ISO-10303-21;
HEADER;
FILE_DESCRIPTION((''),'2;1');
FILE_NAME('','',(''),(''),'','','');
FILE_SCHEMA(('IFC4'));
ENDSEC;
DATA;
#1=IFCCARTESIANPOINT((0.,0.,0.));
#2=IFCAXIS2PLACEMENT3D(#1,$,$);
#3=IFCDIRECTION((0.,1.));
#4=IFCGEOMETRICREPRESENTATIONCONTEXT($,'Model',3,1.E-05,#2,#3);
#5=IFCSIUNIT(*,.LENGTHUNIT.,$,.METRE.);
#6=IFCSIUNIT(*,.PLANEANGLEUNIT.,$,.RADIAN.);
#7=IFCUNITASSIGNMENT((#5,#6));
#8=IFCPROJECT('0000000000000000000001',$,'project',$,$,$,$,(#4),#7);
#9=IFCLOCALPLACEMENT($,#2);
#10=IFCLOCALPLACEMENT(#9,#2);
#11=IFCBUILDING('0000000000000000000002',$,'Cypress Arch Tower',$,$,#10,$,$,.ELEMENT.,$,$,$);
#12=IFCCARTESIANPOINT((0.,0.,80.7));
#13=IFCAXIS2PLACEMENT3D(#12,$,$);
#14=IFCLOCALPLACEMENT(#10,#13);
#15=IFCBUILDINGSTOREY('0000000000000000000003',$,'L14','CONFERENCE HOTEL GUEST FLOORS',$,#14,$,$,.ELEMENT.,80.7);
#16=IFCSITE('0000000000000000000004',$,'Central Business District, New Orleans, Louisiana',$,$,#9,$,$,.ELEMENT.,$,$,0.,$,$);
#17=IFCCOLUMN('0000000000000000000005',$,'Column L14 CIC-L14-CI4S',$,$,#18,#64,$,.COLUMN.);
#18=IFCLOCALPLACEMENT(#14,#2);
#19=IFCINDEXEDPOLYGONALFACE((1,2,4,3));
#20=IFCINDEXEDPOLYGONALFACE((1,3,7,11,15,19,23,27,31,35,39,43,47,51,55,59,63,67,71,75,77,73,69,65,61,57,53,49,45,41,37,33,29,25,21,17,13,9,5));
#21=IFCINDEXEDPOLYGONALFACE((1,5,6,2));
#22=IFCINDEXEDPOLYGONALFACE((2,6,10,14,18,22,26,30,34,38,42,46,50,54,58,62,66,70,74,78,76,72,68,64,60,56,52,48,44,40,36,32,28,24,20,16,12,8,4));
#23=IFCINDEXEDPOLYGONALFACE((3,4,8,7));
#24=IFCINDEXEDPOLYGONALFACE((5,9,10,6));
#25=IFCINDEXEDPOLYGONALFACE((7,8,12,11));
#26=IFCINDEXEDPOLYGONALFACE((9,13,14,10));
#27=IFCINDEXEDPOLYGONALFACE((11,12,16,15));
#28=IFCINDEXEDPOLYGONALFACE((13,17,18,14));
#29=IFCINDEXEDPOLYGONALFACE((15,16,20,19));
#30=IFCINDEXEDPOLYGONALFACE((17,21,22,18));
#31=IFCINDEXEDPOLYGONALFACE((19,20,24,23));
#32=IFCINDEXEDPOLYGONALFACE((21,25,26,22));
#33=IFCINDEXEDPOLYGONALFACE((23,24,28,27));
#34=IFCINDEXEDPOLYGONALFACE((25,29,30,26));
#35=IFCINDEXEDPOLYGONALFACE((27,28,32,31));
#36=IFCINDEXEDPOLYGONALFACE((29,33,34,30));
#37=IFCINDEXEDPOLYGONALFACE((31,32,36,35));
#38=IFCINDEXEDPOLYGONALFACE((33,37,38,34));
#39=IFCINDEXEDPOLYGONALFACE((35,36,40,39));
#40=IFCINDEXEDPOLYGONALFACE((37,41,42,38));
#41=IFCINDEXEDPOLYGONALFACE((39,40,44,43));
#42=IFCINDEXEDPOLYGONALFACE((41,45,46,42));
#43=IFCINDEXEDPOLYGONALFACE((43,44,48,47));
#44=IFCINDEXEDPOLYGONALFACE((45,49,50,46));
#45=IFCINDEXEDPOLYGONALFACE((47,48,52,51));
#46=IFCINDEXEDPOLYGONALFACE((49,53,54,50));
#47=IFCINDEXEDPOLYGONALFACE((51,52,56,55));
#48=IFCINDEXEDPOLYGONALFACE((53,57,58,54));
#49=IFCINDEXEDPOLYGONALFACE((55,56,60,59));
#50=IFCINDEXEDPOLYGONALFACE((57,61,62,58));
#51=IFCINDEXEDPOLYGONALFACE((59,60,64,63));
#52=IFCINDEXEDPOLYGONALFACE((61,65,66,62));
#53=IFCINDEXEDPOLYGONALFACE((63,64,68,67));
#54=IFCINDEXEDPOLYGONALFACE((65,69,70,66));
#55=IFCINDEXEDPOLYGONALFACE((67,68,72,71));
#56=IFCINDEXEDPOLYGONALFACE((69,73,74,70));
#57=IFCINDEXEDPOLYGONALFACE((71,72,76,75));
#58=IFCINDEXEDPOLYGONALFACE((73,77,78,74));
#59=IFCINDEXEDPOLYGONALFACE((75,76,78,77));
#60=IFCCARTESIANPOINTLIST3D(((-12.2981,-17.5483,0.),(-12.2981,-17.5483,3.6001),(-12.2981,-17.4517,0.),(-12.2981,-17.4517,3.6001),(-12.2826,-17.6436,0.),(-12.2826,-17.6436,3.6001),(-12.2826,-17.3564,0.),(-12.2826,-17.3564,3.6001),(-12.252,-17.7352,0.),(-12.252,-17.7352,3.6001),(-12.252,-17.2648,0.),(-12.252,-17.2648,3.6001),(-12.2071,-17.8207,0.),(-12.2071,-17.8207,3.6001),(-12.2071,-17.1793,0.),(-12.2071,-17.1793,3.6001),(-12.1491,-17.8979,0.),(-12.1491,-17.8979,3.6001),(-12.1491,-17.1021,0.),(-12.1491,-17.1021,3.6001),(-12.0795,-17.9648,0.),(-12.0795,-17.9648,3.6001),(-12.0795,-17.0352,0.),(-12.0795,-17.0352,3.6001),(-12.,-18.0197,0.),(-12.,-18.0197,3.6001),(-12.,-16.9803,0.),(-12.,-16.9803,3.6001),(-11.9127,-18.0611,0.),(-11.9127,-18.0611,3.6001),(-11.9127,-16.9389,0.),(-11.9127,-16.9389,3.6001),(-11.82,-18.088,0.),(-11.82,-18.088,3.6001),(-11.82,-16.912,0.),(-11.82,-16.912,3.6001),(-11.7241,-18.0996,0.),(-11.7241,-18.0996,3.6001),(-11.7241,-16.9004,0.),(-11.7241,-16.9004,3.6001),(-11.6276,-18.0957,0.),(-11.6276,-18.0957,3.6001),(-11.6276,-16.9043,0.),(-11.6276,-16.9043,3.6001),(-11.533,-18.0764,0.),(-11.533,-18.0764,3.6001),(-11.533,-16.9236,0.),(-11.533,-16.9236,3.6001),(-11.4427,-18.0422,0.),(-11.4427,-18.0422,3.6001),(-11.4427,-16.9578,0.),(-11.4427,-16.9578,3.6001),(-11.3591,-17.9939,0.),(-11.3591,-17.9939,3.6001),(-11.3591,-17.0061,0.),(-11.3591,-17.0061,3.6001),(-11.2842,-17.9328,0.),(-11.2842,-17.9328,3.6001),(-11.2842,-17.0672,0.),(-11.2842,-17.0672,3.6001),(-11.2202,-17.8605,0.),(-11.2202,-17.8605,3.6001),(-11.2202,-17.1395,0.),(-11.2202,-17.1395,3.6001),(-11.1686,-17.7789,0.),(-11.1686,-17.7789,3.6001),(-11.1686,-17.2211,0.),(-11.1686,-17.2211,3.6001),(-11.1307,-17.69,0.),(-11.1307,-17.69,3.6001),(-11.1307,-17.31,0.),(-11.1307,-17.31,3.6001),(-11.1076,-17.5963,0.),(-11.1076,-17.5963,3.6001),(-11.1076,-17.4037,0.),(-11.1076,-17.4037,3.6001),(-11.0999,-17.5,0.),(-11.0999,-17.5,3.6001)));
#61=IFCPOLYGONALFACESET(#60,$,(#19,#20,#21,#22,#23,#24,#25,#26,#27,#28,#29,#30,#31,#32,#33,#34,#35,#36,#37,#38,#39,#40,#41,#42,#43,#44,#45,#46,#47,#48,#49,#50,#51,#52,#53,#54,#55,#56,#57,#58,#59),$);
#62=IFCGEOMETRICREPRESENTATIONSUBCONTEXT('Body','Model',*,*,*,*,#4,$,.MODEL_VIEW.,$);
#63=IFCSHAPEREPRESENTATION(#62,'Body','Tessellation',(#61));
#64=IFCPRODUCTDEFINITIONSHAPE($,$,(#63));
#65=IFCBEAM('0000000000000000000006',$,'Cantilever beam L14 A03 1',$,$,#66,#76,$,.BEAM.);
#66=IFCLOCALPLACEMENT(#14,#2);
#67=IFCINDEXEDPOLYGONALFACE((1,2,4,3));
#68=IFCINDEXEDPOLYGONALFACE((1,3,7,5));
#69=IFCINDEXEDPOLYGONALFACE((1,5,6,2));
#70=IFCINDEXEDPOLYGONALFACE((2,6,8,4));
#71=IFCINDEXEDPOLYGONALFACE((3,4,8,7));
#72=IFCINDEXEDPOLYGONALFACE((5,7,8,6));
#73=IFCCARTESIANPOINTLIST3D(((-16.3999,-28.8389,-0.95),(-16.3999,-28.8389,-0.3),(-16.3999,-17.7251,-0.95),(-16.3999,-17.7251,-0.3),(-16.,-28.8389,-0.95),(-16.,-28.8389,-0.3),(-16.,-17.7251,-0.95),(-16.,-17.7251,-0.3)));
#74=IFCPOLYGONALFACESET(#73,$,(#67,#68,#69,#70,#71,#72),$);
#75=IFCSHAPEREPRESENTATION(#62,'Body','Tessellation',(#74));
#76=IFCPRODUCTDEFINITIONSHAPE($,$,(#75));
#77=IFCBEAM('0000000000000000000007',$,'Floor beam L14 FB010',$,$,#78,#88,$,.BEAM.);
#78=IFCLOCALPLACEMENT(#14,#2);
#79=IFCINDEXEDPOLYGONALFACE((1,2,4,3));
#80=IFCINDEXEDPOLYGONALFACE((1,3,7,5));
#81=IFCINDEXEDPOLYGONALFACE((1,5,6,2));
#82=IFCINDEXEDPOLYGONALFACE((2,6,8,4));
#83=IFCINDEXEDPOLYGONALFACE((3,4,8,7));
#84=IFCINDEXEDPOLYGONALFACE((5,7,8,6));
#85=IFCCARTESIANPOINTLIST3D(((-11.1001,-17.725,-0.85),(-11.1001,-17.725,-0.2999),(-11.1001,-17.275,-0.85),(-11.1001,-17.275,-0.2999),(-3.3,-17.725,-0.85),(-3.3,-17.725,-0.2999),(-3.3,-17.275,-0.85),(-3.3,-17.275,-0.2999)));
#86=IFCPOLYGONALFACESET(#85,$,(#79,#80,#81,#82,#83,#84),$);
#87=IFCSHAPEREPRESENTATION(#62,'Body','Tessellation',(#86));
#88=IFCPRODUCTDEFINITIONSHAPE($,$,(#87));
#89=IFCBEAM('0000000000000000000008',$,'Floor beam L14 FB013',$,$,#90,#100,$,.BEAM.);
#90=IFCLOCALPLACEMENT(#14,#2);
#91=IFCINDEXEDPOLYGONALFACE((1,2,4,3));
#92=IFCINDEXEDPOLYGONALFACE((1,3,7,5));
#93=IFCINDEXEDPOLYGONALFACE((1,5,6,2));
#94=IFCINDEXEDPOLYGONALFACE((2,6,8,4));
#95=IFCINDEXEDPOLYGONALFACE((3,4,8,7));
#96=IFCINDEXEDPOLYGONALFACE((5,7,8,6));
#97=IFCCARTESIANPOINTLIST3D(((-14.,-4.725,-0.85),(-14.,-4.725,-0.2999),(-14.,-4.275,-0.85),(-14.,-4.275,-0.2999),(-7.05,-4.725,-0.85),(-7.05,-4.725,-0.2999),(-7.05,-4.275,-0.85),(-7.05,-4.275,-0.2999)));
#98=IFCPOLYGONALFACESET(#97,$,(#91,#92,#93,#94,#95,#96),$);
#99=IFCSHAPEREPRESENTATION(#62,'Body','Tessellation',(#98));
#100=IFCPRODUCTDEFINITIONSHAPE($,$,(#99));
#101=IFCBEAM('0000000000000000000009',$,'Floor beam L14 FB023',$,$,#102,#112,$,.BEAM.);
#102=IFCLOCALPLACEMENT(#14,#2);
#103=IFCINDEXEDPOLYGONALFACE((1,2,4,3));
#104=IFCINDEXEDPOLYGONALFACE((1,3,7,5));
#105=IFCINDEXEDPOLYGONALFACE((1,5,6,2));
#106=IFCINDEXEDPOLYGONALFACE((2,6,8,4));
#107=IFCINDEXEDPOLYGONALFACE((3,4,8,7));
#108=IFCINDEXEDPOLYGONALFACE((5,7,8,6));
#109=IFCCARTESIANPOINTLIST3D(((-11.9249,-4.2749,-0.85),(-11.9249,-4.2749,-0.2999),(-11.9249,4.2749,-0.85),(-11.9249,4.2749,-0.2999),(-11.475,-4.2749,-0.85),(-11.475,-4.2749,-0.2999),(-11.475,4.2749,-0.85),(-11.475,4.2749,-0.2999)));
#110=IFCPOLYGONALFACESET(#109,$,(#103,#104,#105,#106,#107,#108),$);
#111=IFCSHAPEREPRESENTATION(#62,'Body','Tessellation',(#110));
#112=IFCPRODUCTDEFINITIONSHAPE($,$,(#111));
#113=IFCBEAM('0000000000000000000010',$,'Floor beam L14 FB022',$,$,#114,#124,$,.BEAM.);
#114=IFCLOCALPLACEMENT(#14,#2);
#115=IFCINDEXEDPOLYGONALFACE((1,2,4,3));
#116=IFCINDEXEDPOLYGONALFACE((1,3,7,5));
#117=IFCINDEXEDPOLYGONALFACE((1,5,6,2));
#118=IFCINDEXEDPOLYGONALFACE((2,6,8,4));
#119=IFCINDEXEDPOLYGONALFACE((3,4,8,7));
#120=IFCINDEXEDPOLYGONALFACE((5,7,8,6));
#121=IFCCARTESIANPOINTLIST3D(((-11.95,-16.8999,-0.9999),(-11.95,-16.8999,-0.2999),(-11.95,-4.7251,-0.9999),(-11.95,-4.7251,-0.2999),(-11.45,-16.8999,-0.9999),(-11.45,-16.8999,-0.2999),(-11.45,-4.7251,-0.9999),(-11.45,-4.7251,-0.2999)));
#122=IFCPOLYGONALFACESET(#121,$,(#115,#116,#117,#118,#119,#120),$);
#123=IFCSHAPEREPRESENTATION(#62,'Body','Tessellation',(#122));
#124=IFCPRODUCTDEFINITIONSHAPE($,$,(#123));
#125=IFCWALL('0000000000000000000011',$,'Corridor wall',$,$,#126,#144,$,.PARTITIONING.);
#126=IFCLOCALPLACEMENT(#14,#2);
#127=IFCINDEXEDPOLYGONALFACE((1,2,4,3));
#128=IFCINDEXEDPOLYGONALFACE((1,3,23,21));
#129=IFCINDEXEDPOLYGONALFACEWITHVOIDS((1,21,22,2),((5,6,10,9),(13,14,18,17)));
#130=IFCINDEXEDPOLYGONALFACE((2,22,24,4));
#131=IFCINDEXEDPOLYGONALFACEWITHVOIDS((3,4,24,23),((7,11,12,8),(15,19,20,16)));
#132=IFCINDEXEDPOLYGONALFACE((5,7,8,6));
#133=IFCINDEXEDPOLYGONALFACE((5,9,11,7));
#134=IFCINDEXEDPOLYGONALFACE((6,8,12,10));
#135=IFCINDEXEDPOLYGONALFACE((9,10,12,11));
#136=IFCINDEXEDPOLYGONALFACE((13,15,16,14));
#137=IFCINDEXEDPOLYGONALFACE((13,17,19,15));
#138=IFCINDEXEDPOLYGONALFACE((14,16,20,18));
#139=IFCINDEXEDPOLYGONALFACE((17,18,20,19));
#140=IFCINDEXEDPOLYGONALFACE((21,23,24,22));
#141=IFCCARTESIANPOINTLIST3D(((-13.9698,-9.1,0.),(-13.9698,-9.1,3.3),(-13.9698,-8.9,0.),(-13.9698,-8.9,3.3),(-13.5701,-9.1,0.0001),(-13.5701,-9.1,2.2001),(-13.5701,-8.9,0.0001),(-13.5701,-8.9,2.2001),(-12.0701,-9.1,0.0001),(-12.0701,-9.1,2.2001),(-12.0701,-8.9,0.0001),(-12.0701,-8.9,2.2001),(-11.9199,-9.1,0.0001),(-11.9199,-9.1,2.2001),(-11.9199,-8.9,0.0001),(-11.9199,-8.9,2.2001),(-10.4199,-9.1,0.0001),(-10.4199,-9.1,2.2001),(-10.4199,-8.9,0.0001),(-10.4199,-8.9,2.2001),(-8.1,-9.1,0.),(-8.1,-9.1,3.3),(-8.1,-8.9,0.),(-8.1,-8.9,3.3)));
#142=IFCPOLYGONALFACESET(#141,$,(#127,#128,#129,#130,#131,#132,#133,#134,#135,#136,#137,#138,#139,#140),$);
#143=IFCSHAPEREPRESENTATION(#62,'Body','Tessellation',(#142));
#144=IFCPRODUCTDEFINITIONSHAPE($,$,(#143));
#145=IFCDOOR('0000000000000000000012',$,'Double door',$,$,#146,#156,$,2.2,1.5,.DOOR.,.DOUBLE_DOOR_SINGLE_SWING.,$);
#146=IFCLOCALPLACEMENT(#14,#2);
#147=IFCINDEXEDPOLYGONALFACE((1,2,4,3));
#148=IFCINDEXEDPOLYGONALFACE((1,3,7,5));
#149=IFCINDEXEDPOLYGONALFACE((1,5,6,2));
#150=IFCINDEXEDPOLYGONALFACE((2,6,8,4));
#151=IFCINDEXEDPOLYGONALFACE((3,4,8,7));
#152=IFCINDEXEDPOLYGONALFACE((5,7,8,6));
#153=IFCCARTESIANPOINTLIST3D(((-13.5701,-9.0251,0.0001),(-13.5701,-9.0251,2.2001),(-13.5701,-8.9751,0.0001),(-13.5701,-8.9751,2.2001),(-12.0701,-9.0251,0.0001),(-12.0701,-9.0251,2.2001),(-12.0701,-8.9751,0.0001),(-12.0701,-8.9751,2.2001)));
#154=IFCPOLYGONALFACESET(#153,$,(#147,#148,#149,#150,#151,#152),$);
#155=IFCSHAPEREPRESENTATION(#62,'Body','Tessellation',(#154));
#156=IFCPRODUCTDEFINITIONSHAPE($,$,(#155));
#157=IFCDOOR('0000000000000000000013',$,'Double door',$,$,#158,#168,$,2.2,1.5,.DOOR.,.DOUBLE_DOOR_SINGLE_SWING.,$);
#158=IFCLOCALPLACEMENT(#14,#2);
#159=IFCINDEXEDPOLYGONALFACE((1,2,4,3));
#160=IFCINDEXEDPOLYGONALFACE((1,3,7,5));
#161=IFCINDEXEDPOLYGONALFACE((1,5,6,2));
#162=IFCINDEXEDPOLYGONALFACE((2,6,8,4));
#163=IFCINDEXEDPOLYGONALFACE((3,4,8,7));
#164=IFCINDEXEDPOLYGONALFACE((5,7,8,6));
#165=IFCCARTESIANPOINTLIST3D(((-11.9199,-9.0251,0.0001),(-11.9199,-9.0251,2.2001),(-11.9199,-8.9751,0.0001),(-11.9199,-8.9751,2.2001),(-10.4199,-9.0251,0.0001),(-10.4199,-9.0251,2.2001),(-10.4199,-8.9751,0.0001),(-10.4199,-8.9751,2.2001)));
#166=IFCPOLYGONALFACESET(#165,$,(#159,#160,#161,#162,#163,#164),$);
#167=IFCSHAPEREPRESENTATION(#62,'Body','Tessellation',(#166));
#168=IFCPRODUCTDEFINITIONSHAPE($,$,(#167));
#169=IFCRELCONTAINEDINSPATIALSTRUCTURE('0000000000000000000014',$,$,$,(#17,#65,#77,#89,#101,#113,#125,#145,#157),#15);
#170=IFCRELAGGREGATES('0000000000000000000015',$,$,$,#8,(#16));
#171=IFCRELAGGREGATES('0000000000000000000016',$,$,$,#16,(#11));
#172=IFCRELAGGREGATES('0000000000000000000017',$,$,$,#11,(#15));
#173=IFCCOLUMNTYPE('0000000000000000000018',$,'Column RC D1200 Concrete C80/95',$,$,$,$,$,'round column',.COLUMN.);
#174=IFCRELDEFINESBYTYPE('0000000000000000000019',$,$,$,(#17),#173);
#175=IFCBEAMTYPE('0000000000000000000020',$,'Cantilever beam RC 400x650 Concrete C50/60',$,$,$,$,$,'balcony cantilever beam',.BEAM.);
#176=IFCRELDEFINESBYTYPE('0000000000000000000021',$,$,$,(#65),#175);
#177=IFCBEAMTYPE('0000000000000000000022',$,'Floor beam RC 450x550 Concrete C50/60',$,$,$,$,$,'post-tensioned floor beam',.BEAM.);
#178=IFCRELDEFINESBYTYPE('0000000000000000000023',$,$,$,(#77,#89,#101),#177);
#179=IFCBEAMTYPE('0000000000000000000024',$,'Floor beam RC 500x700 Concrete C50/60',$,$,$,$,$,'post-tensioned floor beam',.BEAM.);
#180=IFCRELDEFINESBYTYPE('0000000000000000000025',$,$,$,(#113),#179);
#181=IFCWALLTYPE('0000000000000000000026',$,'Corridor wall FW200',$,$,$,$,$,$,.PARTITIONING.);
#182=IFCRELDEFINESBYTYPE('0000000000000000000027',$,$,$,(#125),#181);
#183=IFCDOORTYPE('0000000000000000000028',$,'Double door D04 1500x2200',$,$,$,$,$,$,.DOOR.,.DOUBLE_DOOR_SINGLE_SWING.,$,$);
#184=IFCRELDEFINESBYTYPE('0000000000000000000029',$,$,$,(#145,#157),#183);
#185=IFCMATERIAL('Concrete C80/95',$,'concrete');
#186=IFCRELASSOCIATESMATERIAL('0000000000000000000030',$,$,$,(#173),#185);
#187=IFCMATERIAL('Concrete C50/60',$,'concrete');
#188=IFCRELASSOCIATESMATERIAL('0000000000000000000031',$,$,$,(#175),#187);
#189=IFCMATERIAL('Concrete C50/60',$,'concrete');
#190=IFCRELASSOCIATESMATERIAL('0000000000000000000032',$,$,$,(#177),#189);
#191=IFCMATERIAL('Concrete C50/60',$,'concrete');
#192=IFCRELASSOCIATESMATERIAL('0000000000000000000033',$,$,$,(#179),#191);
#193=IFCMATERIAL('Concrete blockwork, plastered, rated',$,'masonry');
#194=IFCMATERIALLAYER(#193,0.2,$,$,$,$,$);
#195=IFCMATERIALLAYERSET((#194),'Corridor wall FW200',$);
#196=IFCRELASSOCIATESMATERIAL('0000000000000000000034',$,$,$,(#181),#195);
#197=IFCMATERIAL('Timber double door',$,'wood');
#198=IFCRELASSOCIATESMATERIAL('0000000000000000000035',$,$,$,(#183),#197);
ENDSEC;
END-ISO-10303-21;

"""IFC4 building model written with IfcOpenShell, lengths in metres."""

from ifc_helpers import new_model, si_unit, direction, frame, frame_2d, origin, origin_2d, place, context, subcontext, project, spatial, rectangle, circle, extrude, material, layer, layer_set, material_profile, profile_set, type_object, element, fill, save


model = new_model("IFC4")

# Units and contexts
model_context = context("Model", 3, precision=1e-05, world=origin(), true_north=direction((0.0, 1.0)))
body_context = subcontext(model_context, "Body", "Model", "MODEL_VIEW")
ifc_project = project(units=[si_unit("LENGTHUNIT", "METRE"), si_unit("PLANEANGLEUNIT", "RADIAN")], contexts=[model_context])

# Site, building, storey
site_placement = place(None, origin())
site = spatial("IfcSite", under=ifc_project, at=site_placement, Name="Central Business District, New Orleans, Louisiana", CompositionType="ELEMENT", RefElevation=0.0)
building_placement = place(site_placement, origin())
building = spatial("IfcBuilding", under=site, at=building_placement, Name="Cypress Arch Tower", CompositionType="ELEMENT")
storey_placement = place(building_placement, frame((0.0, 0.0, 80.7)))
storey = spatial("IfcBuildingStorey", under=building, at=storey_placement, Name="L14", Description="CONFERENCE HOTEL GUEST FLOORS", CompositionType="ELEMENT", Elevation=80.7)

# Column
ifc_material_1 = material(Name="Concrete C80/95", Category="concrete")
ifc_material_profile_1 = material_profile(ifc_material_1, circle(Radius=0.6001, at=origin_2d()), Name="RC D1200")
ifc_profile_set_1 = profile_set([ifc_material_profile_1], Name="Concrete C80/95")
column_type = type_object("IfcColumnType", Name="Column RC D1200 Concrete C80/95", ElementType="round column", PredefinedType="COLUMN", material=ifc_profile_set_1)
column_placement = place(storey_placement, frame((-11.7, -17.5, 0.0), z_axis=(0.0, 0.0, 1.0), x_axis=(1.0, 0.0, 0.0)))
element("IfcColumn", 1, at=column_placement, inside=storey, type_object=column_type, Name="Column L14 CIC-L14-CI4S", PredefinedType="COLUMN", context=body_context, shape_type="SweptSolid", body=[
    extrude(circle(Radius=0.6001, at=origin_2d()), origin(), (0.0, 0.0, 1.0), 3.6001),
])

# Beams
ifc_material_2 = material(Name="Concrete C50/60", Category="concrete")
ifc_material_profile_2 = material_profile(ifc_material_2, rectangle(XDim=0.3999, YDim=0.6499, at=origin_2d()), Name="RC 400x650")
ifc_profile_set_2 = profile_set([ifc_material_profile_2], Name="Concrete C50/60")
beam_type_1 = type_object("IfcBeamType", Name="Cantilever beam RC 400x650 Concrete C50/60", ElementType="balcony cantilever beam", PredefinedType="BEAM", material=ifc_profile_set_2)
beam_1_placement = place(storey_placement, frame((-16.2, -17.7251, -0.625), z_axis=(0.0, -1.0, 0.0), x_axis=(1.0, 0.0, 0.0)))
element("IfcBeam", 2, at=beam_1_placement, inside=storey, type_object=beam_type_1, Name="Cantilever beam L14 A03 1", PredefinedType="BEAM", context=body_context, shape_type="SweptSolid", body=[
    extrude(rectangle(XDim=0.3999, YDim=0.6499, at=origin_2d()), origin(), (0.0, 0.0, 1.0), 11.1138),
])
ifc_material_3 = material(Name="Concrete C50/60", Category="concrete")
ifc_material_profile_3 = material_profile(ifc_material_3, rectangle(XDim=0.45, YDim=0.55, at=origin_2d()), Name="RC 450x550")
ifc_profile_set_3 = profile_set([ifc_material_profile_3], Name="Concrete C50/60")
beam_type_2 = type_object("IfcBeamType", Name="Floor beam RC 450x550 Concrete C50/60", ElementType="post-tensioned floor beam", PredefinedType="BEAM", material=ifc_profile_set_3)
beam_2_placement = place(storey_placement, frame((-11.1001, -17.5, -0.575), z_axis=(1.0, 0.0, 0.0), x_axis=(0.0, 1.0, 0.0)))
element("IfcBeam", 3, at=beam_2_placement, inside=storey, type_object=beam_type_2, Name="Floor beam L14 FB010", PredefinedType="BEAM", context=body_context, shape_type="SweptSolid", body=[
    extrude(rectangle(XDim=0.45, YDim=0.55, at=origin_2d()), origin(), (0.0, 0.0, 1.0), 7.8),
])
beam_3_placement = place(storey_placement, frame((-14.0, -4.5, -0.575), z_axis=(1.0, 0.0, 0.0), x_axis=(0.0, 1.0, 0.0)))
element("IfcBeam", 4, at=beam_3_placement, inside=storey, type_object=beam_type_2, Name="Floor beam L14 FB013", PredefinedType="BEAM", context=body_context, shape_type="SweptSolid", body=[
    extrude(rectangle(XDim=0.45, YDim=0.55, at=origin_2d()), origin(), (0.0, 0.0, 1.0), 6.95),
])
beam_4_placement = place(storey_placement, frame((-11.7, -4.2749, -0.575), z_axis=(0.0, 1.0, 0.0), x_axis=(-1.0, 0.0, 0.0)))
element("IfcBeam", 5, at=beam_4_placement, inside=storey, type_object=beam_type_2, Name="Floor beam L14 FB023", PredefinedType="BEAM", context=body_context, shape_type="SweptSolid", body=[
    extrude(rectangle(XDim=0.45, YDim=0.55, at=origin_2d()), origin(), (0.0, 0.0, 1.0), 8.5498),
])
ifc_material_4 = material(Name="Concrete C50/60", Category="concrete")
ifc_material_profile_4 = material_profile(ifc_material_4, rectangle(XDim=0.5, YDim=0.7, at=origin_2d()), Name="RC 500x700")
ifc_profile_set_4 = profile_set([ifc_material_profile_4], Name="Concrete C50/60")
beam_type_3 = type_object("IfcBeamType", Name="Floor beam RC 500x700 Concrete C50/60", ElementType="post-tensioned floor beam", PredefinedType="BEAM", material=ifc_profile_set_4)
beam_5_placement = place(storey_placement, frame((-11.7, -16.8999, -0.6499), z_axis=(0.0, 1.0, 0.0), x_axis=(-1.0, 0.0, 0.0)))
element("IfcBeam", 6, at=beam_5_placement, inside=storey, type_object=beam_type_3, Name="Floor beam L14 FB022", PredefinedType="BEAM", context=body_context, shape_type="SweptSolid", body=[
    extrude(rectangle(XDim=0.5, YDim=0.7, at=origin_2d()), origin(), (0.0, 0.0, 1.0), 12.1748),
])

# Wall, openings, doors
ifc_material_5 = material(Name="Concrete blockwork, plastered, rated", Category="masonry")
ifc_layer_1 = layer(ifc_material_5, 0.2)
ifc_layer_set_1 = layer_set([ifc_layer_1], Name="Corridor wall FW200")
wall_type_1 = type_object("IfcWallType", Name="Corridor wall FW200", PredefinedType="PARTITIONING", material=ifc_layer_set_1)
wall_1_placement = place(storey_placement, frame((-13.97, -9.0, 0.0), z_axis=(0.0, 0.0, 1.0), x_axis=(1.0, 0.0, 0.0)))
wall_1 = element("IfcWall", 7, at=wall_1_placement, inside=storey, type_object=wall_type_1, Name="Corridor wall", PredefinedType="PARTITIONING", context=body_context, shape_type="SweptSolid", body=[
    extrude(rectangle(XDim=5.8699, YDim=0.2, at=frame_2d((2.9351, 0.0))), origin(), (0.0, 0.0, 1.0), 3.3),
])
opening_1_placement = place(wall_1_placement, frame((0.3999, 0.0, 0.0)))
opening_1 = element("IfcOpeningElement", 8, at=opening_1_placement, cuts=wall_1, PredefinedType="OPENING", context=body_context, shape_type="SweptSolid", body=[
    extrude(rectangle(XDim=1.5, YDim=2.2, at=frame_2d((0.75, 1.1001))), frame((0.0, 0.1099, 0.0), z_axis=(0.0, -1.0, 0.0), x_axis=(1.0, 0.0, 0.0)), (0.0, 0.0, 1.0), 0.22),
])
opening_2_placement = place(wall_1_placement, frame((2.05, 0.0, 0.0)))
opening_2 = element("IfcOpeningElement", 9, at=opening_2_placement, cuts=wall_1, PredefinedType="OPENING", context=body_context, shape_type="SweptSolid", body=[
    extrude(rectangle(XDim=1.5, YDim=2.2, at=frame_2d((0.75, 1.1001))), frame((0.0, 0.1099, 0.0), z_axis=(0.0, -1.0, 0.0), x_axis=(1.0, 0.0, 0.0)), (0.0, 0.0, 1.0), 0.22),
])
ifc_material_6 = material(Name="Timber double door", Category="wood")
door_type_1 = type_object("IfcDoorType", Name="Double door D04 1500x2200", OperationType="DOUBLE_DOOR_SINGLE_SWING", PredefinedType="DOOR", material=ifc_material_6)
door_1_placement = place(opening_1_placement, origin())
door_1 = element("IfcDoor", 10, at=door_1_placement, inside=storey, type_object=door_type_1, Name="Double door", OperationType="DOUBLE_DOOR_SINGLE_SWING", OverallHeight=2.2, OverallWidth=1.5, PredefinedType="DOOR", context=body_context, shape_type="SweptSolid", body=[
    extrude(rectangle(XDim=1.5, YDim=2.2, at=frame_2d((0.75, 1.1001))), frame((0.0, 0.0249, 0.0), z_axis=(0.0, -1.0, 0.0), x_axis=(1.0, 0.0, 0.0)), (0.0, 0.0, 1.0), 0.05),
])
fill(opening_1, door_1)
door_2_placement = place(opening_2_placement, origin())
door_2 = element("IfcDoor", 11, at=door_2_placement, inside=storey, type_object=door_type_1, Name="Double door", OperationType="DOUBLE_DOOR_SINGLE_SWING", OverallHeight=2.2, OverallWidth=1.5, PredefinedType="DOOR", context=body_context, shape_type="SweptSolid", body=[
    extrude(rectangle(XDim=1.5, YDim=2.2, at=frame_2d((0.75, 1.1001))), frame((0.0, 0.0249, 0.0), z_axis=(0.0, -1.0, 0.0), x_axis=(1.0, 0.0, 0.0)), (0.0, 0.0, 1.0), 0.05),
])
fill(opening_2, door_2)

save(model, "model.ifc")
